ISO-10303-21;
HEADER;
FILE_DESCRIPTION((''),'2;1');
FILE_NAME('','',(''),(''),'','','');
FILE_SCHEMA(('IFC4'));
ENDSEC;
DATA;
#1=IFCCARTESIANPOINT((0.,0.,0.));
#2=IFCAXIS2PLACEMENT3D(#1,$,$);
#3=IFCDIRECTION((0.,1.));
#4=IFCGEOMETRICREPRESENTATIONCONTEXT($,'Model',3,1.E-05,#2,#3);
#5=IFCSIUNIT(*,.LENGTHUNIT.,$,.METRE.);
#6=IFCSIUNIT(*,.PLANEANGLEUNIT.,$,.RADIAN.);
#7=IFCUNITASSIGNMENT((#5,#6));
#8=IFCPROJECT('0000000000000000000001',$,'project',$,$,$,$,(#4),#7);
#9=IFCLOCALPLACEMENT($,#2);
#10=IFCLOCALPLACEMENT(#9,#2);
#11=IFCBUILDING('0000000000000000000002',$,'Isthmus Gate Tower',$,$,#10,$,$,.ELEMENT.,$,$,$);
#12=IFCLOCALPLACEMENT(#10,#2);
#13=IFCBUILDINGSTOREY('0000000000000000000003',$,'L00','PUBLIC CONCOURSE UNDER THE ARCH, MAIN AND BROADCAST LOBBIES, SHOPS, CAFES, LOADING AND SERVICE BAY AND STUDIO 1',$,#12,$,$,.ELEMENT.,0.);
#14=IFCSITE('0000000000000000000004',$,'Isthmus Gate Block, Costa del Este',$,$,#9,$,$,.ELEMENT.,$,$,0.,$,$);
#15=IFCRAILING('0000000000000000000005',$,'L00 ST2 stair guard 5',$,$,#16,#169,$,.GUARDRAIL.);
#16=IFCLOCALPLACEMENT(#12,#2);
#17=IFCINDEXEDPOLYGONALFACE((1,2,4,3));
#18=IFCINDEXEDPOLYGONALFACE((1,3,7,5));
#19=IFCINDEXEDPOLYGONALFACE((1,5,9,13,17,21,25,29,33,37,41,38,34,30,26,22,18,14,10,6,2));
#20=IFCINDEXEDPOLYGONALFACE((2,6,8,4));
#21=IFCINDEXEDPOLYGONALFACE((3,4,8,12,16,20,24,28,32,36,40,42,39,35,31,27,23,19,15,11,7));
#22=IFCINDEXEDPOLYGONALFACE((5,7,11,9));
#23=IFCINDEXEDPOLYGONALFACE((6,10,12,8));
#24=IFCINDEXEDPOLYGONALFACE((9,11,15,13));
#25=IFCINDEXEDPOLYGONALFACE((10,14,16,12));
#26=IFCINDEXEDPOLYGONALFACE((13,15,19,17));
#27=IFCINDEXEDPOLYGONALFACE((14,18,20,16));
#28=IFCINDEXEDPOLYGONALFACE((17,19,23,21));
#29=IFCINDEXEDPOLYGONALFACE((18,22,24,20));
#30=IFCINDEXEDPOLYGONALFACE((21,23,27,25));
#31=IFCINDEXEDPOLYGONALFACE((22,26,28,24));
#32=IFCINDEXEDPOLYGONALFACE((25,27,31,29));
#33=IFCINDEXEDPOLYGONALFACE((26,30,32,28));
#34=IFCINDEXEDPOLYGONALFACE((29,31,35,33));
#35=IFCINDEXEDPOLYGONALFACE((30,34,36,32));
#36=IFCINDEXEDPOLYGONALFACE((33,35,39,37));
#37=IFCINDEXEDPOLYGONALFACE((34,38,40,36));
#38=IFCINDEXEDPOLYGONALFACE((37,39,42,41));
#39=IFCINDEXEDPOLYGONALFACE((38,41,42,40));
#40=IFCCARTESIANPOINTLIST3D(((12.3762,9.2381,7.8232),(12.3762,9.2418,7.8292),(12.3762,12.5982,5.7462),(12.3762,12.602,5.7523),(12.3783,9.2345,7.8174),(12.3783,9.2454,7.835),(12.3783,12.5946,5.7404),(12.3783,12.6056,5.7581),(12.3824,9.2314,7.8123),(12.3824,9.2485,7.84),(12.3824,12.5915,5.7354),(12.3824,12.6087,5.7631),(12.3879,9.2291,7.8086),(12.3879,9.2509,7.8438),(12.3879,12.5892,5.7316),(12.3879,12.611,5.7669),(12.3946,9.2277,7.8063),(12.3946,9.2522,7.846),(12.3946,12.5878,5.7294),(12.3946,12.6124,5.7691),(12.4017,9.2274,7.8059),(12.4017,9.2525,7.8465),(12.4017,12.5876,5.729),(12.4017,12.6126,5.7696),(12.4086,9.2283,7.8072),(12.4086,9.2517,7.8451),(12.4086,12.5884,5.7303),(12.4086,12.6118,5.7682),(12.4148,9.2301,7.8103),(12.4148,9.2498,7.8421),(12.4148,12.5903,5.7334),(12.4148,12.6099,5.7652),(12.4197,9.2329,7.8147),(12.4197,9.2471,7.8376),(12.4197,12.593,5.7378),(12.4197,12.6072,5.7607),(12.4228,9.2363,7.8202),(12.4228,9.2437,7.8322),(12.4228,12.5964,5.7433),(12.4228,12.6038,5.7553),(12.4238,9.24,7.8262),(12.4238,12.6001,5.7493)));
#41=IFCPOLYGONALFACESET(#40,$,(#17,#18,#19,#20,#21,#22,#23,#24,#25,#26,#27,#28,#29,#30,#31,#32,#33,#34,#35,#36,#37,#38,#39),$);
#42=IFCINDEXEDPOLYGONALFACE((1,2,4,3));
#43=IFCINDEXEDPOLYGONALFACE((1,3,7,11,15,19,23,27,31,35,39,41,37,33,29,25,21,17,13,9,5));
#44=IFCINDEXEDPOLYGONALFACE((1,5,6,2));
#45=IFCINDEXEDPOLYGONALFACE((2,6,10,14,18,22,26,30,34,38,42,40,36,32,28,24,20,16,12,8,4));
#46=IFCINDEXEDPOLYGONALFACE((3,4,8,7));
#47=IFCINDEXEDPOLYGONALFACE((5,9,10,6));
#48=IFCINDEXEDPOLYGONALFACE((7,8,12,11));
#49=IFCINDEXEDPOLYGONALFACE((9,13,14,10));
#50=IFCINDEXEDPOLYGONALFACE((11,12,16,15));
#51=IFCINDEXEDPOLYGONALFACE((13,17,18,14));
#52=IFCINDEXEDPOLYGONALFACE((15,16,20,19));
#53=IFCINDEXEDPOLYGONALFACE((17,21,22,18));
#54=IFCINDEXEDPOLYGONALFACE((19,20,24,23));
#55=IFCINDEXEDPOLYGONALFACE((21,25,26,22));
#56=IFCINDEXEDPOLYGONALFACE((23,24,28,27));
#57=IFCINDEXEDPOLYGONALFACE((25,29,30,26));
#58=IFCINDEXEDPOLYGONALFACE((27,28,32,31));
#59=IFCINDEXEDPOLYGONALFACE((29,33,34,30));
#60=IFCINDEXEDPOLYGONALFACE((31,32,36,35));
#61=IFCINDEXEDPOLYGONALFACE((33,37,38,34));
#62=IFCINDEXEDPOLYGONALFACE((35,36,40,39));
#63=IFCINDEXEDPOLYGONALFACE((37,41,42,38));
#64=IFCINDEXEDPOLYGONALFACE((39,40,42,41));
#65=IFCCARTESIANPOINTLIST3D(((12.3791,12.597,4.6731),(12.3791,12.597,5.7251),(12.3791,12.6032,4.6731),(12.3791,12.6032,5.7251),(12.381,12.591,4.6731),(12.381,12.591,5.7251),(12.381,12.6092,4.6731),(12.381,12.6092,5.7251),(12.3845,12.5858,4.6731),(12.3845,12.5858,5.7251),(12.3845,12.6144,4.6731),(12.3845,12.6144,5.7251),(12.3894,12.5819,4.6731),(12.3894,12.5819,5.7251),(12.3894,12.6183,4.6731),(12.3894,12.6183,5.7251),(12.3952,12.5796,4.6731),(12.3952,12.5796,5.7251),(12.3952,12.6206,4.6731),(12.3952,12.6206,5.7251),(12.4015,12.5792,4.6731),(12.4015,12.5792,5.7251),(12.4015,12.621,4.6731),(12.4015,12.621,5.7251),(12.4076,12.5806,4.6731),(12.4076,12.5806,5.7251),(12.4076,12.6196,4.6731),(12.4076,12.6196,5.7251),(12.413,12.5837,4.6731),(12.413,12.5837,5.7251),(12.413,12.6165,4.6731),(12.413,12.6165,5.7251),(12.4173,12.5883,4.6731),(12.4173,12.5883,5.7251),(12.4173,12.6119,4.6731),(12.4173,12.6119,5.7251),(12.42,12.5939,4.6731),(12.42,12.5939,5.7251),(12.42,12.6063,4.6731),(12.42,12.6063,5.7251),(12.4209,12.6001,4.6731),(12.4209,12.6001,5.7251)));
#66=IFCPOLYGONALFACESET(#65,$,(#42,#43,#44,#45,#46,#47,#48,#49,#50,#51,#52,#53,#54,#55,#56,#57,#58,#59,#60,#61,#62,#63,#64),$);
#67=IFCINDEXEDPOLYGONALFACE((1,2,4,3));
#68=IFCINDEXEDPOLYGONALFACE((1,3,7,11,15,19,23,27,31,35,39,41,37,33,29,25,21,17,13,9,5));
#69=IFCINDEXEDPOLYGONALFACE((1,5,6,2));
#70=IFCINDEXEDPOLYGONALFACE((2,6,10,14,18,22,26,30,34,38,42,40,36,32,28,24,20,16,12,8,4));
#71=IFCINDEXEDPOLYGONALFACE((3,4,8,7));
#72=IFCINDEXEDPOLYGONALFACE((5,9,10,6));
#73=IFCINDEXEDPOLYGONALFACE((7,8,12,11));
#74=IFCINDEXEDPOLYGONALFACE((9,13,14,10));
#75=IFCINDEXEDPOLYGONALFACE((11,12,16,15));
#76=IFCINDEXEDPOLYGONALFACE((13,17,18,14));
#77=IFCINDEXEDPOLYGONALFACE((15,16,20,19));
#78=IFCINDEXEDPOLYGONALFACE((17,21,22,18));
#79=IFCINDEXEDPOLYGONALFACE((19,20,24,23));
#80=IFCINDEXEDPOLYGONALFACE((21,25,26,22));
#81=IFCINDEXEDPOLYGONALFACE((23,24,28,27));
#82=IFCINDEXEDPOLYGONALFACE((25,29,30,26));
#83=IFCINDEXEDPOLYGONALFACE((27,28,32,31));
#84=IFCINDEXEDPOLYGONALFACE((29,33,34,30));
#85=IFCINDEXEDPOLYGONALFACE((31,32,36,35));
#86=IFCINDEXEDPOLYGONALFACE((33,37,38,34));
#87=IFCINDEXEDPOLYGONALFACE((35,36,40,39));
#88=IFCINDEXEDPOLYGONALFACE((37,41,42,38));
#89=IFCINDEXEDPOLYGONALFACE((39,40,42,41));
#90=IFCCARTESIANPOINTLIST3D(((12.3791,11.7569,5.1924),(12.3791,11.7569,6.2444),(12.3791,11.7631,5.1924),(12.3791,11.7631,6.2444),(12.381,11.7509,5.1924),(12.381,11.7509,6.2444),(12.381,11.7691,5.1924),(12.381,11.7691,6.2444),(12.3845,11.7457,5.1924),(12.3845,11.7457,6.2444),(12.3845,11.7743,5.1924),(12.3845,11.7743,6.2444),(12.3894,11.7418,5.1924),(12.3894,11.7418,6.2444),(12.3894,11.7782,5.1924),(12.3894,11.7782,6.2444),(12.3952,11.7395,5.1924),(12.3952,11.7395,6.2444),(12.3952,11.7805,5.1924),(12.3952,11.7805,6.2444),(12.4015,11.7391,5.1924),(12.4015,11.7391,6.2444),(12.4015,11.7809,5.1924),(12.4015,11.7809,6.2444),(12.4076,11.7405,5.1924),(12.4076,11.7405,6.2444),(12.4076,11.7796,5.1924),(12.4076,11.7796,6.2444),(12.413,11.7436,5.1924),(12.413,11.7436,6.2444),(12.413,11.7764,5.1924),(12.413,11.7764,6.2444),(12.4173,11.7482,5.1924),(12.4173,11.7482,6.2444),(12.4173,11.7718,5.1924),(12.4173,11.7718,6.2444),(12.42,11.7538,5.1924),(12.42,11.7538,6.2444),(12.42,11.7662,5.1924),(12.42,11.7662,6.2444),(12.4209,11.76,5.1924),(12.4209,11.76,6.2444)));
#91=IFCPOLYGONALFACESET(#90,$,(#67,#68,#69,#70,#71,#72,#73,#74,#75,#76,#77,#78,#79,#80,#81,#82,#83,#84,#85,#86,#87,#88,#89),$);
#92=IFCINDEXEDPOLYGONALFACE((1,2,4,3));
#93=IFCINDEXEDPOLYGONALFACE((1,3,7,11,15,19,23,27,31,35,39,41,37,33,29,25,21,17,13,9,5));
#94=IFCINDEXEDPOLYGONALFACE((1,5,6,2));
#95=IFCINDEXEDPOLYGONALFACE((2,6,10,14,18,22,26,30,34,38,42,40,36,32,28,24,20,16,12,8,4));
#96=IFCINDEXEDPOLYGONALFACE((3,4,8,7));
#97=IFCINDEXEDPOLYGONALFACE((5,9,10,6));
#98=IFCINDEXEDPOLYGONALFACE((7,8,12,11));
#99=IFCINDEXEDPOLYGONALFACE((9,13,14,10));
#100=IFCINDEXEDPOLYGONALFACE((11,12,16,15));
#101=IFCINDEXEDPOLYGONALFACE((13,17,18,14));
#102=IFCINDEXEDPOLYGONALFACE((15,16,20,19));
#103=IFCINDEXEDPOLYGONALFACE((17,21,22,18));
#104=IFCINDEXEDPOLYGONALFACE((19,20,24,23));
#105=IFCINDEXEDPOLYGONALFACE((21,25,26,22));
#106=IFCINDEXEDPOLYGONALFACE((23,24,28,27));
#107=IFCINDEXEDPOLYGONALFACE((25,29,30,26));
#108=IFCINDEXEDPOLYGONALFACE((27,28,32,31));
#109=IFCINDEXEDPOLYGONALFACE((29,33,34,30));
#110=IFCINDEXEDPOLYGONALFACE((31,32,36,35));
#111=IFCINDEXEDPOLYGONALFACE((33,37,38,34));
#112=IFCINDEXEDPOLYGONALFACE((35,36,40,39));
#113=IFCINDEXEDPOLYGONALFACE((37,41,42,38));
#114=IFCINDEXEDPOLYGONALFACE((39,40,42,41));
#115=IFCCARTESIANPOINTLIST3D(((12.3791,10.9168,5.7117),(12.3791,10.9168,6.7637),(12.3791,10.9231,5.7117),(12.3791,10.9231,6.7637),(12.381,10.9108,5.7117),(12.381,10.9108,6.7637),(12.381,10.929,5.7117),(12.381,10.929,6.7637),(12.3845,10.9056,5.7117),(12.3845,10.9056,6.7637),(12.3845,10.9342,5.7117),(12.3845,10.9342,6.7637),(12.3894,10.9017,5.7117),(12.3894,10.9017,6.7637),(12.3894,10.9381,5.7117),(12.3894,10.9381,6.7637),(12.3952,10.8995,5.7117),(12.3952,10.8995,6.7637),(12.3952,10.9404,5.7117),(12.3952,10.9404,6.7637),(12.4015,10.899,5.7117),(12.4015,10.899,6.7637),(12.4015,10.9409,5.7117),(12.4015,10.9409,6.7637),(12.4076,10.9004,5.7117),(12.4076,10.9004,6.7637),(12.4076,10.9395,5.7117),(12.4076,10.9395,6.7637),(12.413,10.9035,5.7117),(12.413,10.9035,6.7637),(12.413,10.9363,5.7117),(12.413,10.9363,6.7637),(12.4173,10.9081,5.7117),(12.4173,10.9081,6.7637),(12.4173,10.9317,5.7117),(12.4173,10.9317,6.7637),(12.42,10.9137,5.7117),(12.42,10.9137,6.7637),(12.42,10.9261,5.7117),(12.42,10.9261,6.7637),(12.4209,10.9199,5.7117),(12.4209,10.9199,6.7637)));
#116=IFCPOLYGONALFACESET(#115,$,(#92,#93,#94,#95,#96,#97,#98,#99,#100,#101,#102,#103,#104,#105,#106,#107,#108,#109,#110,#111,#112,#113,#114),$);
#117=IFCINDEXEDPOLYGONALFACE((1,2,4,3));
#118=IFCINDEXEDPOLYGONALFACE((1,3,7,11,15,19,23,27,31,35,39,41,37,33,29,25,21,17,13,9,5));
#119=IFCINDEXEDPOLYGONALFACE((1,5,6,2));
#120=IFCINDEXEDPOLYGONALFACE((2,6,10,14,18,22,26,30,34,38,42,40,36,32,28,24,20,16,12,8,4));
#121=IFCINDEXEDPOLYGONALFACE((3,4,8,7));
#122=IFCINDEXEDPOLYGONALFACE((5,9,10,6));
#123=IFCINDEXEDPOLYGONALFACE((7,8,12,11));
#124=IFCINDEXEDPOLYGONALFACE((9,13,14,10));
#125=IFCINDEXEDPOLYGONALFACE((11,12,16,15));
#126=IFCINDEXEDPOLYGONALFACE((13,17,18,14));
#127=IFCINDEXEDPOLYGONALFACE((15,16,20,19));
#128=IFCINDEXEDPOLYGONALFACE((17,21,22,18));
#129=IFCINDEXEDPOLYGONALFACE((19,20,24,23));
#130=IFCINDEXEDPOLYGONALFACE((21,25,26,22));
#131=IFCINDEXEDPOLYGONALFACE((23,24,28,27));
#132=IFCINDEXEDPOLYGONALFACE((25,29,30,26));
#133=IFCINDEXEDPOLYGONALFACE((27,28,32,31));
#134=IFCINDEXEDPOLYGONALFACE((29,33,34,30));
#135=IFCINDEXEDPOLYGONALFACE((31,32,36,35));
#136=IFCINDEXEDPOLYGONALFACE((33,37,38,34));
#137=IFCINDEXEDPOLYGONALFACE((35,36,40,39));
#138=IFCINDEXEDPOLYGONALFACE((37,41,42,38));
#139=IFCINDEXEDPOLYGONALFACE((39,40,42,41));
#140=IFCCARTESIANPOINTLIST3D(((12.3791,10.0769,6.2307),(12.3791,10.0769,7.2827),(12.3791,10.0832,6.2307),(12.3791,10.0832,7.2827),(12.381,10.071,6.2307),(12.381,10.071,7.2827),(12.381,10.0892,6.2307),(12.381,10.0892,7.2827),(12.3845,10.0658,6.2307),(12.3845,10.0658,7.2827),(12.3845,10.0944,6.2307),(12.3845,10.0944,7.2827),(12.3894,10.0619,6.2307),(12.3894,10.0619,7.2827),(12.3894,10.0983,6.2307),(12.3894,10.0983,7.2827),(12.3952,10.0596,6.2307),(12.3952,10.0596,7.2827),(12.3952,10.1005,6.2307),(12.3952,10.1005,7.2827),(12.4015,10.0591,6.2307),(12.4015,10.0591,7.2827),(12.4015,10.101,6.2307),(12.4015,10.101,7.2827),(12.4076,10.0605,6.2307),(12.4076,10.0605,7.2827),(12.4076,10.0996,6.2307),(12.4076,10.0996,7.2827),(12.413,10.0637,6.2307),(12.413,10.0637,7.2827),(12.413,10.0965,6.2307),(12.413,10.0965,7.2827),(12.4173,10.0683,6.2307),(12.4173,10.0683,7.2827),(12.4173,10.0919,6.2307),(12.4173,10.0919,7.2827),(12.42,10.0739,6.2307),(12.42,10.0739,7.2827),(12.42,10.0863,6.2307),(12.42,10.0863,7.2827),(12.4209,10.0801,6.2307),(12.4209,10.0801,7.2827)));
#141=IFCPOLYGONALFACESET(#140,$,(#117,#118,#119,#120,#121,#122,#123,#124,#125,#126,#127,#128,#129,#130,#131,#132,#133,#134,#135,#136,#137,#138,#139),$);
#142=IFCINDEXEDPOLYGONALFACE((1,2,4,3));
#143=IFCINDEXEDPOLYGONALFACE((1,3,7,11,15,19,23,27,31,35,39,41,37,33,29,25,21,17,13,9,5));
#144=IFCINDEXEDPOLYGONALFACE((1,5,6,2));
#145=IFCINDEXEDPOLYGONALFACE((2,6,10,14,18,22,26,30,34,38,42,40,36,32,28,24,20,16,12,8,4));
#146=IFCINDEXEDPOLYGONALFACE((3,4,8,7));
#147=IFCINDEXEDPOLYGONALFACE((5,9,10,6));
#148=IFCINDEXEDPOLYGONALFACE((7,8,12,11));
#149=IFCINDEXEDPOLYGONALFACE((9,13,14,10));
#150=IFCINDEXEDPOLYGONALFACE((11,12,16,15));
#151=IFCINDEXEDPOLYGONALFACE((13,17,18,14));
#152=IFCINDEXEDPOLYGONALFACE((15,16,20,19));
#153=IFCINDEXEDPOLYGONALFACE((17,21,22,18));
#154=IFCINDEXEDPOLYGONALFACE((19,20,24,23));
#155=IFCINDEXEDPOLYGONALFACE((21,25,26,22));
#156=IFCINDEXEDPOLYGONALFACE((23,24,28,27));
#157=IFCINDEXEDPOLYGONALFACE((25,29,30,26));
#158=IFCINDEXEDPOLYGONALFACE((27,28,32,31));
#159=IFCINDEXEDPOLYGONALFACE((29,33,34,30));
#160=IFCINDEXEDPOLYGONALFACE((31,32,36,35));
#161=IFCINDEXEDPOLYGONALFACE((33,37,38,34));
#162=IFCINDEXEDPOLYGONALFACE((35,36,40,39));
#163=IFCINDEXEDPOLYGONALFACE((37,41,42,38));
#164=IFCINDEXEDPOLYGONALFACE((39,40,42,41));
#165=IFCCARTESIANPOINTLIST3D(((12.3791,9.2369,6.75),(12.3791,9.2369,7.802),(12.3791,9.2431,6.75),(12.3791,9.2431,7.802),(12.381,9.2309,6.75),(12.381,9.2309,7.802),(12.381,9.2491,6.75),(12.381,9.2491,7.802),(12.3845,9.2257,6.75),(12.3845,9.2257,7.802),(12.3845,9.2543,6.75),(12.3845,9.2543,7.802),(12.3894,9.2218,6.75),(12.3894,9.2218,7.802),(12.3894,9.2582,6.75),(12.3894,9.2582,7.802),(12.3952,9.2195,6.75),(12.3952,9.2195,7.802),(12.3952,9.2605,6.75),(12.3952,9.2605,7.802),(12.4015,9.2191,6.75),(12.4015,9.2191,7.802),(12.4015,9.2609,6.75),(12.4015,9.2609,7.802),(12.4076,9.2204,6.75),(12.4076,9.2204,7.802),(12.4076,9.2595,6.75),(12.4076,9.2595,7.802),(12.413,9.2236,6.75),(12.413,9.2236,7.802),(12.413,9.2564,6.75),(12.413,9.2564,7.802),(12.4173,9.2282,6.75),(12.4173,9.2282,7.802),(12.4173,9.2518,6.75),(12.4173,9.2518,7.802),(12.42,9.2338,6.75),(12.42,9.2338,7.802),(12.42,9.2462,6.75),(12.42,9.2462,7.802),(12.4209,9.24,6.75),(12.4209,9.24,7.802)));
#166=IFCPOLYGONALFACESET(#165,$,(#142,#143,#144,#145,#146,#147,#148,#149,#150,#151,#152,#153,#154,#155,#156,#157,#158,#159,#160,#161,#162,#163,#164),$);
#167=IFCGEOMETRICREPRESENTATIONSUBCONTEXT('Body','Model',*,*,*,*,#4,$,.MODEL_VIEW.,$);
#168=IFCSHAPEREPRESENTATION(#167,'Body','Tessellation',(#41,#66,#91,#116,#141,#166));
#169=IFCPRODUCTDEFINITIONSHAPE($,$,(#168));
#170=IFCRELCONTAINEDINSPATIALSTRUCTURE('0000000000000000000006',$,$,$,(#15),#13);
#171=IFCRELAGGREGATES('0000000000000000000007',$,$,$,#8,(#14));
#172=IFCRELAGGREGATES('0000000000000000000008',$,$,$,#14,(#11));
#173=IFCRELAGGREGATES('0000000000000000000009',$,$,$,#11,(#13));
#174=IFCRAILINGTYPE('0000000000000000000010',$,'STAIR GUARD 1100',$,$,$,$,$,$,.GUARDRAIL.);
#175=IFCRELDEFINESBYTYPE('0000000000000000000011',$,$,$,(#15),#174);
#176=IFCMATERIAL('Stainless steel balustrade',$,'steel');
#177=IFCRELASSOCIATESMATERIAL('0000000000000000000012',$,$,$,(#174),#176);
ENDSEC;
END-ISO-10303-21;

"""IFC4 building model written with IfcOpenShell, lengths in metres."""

from ifc_helpers import new_model, si_unit, direction, frame, origin, origin_2d, place, context, subcontext, project, spatial, circle, extrude, material, type_object, element, save


model = new_model("IFC4")

# Units and contexts
model_context = context("Model", 3, precision=1e-05, world=origin(), true_north=direction((0.0, 1.0)))
body_context = subcontext(model_context, "Body", "Model", "MODEL_VIEW")
ifc_project = project(units=[si_unit("LENGTHUNIT", "METRE"), si_unit("PLANEANGLEUNIT", "RADIAN")], contexts=[model_context])

# Site, building, storey
site_placement = place(None, origin())
site = spatial("IfcSite", under=ifc_project, at=site_placement, Name="Isthmus Gate Block, Costa del Este", CompositionType="ELEMENT", RefElevation=0.0)
building_placement = place(site_placement, origin())
building = spatial("IfcBuilding", under=site, at=building_placement, Name="Isthmus Gate Tower", CompositionType="ELEMENT")
storey_placement = place(building_placement, origin())
storey = spatial("IfcBuildingStorey", under=building, at=storey_placement, Name="L00", Description="PUBLIC CONCOURSE UNDER THE ARCH, MAIN AND BROADCAST LOBBIES, SHOPS, CAFES, LOADING AND SERVICE BAY AND STUDIO 1", CompositionType="ELEMENT", Elevation=0.0)

# Railing
ifc_material_1 = material(Name="Stainless steel balustrade", Category="steel")
railing_type_1 = type_object("IfcRailingType", Name="STAIR GUARD 1100", PredefinedType="GUARDRAIL", material=ifc_material_1)
railing_1_placement = place(storey_placement, frame((12.3999, 12.6001, 4.6731)))
element("IfcRailing", 1, at=railing_1_placement, inside=storey, type_object=railing_type_1, Name="L00 ST2 stair guard 5", PredefinedType="GUARDRAIL", context=body_context, shape_type="SweptSolid", body=[
    extrude(circle(Radius=0.0239, at=origin_2d()), frame((0.0, 0.0, 1.0762), z_axis=(0.0, -0.850623, 0.525776), x_axis=(1.0, 0.0, 0.0)), (0.0, 0.0, 1.0), 3.9502),
    extrude(circle(Radius=0.021, at=origin_2d()), origin(), (0.0, 0.0, 1.0), 1.052),
    extrude(circle(Radius=0.021, at=origin_2d()), frame((0.0, -0.8401, 0.5193)), (0.0, 0.0, 1.0), 1.052),
    extrude(circle(Radius=0.021, at=origin_2d()), frame((0.0, -1.6802, 1.0386)), (0.0, 0.0, 1.0), 1.052),
    extrude(circle(Radius=0.021, at=origin_2d()), frame((0.0, -2.52, 1.5576)), (0.0, 0.0, 1.0), 1.052),
    extrude(circle(Radius=0.021, at=origin_2d()), frame((0.0, -3.3601, 2.0769)), (0.0, 0.0, 1.0), 1.052),
])

save(model, "model.ifc")
